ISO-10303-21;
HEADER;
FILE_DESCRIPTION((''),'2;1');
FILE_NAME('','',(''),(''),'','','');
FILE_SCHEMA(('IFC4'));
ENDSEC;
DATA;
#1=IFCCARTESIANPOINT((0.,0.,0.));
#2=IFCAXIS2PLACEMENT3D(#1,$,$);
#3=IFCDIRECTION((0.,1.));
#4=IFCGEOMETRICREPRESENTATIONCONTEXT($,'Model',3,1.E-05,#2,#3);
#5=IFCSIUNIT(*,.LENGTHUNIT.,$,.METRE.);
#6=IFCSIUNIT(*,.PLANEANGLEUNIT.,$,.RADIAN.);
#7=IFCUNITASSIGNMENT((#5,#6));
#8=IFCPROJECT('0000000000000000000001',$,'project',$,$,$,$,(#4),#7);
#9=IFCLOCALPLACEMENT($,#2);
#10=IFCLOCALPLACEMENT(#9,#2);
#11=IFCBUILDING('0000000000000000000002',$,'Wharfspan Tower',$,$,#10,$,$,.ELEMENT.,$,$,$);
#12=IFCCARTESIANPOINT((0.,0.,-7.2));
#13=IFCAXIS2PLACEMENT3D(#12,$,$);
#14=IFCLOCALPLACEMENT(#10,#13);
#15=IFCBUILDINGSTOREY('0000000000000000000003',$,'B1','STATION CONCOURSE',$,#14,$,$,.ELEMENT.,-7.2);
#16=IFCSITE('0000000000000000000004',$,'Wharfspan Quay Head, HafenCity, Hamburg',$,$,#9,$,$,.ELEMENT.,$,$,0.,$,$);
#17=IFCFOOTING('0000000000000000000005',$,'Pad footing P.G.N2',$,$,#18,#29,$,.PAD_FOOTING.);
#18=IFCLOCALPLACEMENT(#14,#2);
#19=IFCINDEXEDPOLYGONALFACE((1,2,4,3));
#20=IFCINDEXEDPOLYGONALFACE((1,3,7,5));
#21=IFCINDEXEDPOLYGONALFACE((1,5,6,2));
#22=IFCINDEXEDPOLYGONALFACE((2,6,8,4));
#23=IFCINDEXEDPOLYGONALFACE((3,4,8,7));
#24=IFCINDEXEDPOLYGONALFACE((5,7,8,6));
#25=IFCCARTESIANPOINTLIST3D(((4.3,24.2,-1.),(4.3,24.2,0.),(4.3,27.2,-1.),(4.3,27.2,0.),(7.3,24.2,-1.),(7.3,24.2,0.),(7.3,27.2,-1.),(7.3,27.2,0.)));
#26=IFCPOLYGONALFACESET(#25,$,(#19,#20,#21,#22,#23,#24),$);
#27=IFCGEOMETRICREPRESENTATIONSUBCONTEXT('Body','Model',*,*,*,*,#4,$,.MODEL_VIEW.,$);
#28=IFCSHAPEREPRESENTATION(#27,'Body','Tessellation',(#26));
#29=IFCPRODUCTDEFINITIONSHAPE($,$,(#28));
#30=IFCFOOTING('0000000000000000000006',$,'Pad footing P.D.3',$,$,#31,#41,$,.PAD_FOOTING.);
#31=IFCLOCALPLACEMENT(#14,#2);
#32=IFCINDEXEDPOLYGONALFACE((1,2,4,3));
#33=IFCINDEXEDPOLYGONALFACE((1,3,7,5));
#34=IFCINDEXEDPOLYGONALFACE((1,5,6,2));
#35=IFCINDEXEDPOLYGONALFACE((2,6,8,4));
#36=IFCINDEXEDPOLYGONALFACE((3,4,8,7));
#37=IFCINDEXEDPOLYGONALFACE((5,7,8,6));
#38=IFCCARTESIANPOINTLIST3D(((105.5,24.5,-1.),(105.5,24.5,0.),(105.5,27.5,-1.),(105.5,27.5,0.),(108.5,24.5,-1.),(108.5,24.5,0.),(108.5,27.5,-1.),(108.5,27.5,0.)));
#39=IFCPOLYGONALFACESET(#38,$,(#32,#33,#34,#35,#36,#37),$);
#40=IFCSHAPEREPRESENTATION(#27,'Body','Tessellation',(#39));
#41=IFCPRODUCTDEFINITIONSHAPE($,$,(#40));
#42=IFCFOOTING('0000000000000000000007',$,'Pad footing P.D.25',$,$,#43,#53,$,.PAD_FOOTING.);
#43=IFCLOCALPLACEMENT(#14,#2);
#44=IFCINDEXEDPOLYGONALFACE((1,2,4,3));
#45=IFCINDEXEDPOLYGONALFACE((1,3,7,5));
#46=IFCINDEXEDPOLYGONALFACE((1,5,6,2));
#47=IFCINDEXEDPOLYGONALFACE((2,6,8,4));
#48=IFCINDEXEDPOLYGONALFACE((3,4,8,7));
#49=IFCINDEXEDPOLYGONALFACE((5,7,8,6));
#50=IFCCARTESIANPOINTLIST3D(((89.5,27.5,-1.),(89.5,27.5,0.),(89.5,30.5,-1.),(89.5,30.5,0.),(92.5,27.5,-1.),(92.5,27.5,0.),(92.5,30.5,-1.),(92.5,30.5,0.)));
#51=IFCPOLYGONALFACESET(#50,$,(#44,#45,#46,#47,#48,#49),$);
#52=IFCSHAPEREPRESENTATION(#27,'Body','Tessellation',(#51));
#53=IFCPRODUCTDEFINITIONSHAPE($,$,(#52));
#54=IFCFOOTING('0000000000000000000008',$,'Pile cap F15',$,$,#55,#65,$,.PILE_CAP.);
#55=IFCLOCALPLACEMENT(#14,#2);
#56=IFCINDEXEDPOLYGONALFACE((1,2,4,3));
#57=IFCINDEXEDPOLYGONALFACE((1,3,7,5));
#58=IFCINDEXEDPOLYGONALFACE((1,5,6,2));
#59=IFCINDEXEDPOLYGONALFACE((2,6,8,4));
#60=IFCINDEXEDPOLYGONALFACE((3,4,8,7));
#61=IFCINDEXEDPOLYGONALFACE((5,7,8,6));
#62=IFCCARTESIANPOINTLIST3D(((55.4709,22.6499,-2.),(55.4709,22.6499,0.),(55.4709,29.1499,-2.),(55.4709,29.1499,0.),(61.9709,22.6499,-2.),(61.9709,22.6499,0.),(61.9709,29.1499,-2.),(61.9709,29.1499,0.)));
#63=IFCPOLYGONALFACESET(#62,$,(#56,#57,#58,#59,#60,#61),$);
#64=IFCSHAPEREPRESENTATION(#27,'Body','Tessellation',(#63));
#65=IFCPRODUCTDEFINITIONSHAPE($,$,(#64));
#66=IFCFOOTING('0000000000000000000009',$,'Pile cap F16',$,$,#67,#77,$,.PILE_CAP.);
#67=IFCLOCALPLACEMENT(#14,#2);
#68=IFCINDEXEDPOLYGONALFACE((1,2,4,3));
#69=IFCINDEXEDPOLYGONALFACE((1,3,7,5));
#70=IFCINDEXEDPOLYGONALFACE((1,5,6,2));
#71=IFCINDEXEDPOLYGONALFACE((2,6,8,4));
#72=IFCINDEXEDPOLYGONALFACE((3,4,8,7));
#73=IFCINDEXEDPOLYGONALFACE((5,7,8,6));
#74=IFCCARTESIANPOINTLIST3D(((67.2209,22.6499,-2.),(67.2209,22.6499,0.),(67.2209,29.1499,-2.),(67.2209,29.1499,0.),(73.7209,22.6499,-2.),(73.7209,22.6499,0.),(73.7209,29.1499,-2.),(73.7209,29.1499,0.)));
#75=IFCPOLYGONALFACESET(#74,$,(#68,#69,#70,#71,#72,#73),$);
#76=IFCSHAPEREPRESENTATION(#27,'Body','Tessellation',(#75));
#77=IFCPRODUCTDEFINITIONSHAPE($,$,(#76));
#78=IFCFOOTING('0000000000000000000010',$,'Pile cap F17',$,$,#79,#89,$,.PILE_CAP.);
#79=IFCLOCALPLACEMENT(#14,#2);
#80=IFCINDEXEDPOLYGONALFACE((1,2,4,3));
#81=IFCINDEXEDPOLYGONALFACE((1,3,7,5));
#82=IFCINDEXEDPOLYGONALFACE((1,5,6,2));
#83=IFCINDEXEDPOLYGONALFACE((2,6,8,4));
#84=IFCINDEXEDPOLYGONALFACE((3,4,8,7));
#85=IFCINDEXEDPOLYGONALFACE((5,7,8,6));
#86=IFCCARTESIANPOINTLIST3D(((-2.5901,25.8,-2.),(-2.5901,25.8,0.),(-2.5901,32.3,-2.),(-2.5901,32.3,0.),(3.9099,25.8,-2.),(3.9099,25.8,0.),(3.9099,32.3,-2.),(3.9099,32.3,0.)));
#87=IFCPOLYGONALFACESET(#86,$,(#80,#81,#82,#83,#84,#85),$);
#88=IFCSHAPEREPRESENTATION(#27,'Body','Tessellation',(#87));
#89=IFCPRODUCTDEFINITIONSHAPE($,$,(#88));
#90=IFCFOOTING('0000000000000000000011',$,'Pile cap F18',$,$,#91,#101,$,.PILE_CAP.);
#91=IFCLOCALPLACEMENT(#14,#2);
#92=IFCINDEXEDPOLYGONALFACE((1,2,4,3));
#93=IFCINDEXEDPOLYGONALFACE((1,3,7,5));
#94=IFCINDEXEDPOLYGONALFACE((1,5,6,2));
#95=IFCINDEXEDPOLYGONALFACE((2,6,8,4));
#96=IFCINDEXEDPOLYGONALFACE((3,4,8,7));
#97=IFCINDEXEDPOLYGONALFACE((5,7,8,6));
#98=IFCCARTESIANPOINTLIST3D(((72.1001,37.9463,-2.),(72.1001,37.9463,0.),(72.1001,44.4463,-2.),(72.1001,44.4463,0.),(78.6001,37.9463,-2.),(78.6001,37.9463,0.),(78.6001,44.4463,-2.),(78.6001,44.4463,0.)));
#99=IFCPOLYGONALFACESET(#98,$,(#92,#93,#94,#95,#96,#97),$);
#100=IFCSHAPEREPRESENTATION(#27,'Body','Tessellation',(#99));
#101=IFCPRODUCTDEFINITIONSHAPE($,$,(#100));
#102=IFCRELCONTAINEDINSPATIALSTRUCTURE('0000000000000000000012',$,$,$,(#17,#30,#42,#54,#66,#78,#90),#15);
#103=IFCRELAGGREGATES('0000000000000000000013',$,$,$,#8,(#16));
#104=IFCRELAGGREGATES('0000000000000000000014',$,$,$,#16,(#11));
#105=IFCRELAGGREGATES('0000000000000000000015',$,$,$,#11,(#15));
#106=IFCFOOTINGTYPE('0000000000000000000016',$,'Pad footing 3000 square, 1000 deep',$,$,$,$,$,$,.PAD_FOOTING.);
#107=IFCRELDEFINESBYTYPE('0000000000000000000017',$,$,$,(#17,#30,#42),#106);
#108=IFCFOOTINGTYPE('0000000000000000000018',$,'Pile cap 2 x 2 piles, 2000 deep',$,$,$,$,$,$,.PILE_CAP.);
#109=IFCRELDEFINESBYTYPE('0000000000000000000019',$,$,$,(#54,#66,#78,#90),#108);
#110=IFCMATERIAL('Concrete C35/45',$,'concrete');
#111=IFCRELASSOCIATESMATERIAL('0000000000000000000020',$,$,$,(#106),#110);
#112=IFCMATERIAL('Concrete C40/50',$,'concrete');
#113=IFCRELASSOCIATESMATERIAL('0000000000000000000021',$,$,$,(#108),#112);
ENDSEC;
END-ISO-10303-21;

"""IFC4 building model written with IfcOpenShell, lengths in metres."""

from ifc_helpers import new_model, si_unit, direction, frame, origin, place, context, subcontext, project, spatial, polyline, outline, extrude, material, type_object, element, save


model = new_model("IFC4")

# Units and contexts
model_context = context("Model", 3, precision=1e-05, world=origin(), true_north=direction((0.0, 1.0)))
body_context = subcontext(model_context, "Body", "Model", "MODEL_VIEW")
ifc_project = project(units=[si_unit("LENGTHUNIT", "METRE"), si_unit("PLANEANGLEUNIT", "RADIAN")], contexts=[model_context])

# Site, building, storey
site_placement = place(None, origin())
site = spatial("IfcSite", under=ifc_project, at=site_placement, Name="Wharfspan Quay Head, HafenCity, Hamburg", CompositionType="ELEMENT", RefElevation=0.0)
building_placement = place(site_placement, origin())
building = spatial("IfcBuilding", under=site, at=building_placement, Name="Wharfspan Tower", CompositionType="ELEMENT")
storey_placement = place(building_placement, frame((0.0, 0.0, -7.2)))
storey = spatial("IfcBuildingStorey", under=building, at=storey_placement, Name="B1", Description="STATION CONCOURSE", CompositionType="ELEMENT", Elevation=-7.2)

# Footings
ifc_material_1 = material(Name="Concrete C35/45", Category="concrete")
footing_type_1 = type_object("IfcFootingType", Name="Pad footing 3000 square, 1000 deep", PredefinedType="PAD_FOOTING", material=ifc_material_1)
footing_1_placement = place(storey_placement, frame((0.0, 0.0, -1.0)))
element("IfcFooting", 1, at=footing_1_placement, inside=storey, type_object=footing_type_1, Name="Pad footing P.G.N2", PredefinedType="PAD_FOOTING", context=body_context, shape_type="SweptSolid", body=[
    extrude(outline(polyline([(4.3, 24.2), (7.3, 24.2), (7.3, 27.2), (4.3, 27.2), (4.3, 24.2)])), origin(), (0.0, 0.0, 1.0), 1.0),
])
footing_2_placement = place(storey_placement, frame((0.0, 0.0, -1.0)))
element("IfcFooting", 2, at=footing_2_placement, inside=storey, type_object=footing_type_1, Name="Pad footing P.D.3", PredefinedType="PAD_FOOTING", context=body_context, shape_type="SweptSolid", body=[
    extrude(outline(polyline([(105.5, 24.5), (108.5, 24.5), (108.5, 27.5), (105.5, 27.5), (105.5, 24.5)])), origin(), (0.0, 0.0, 1.0), 1.0),
])
footing_3_placement = place(storey_placement, frame((0.0, 0.0, -1.0)))
element("IfcFooting", 3, at=footing_3_placement, inside=storey, type_object=footing_type_1, Name="Pad footing P.D.25", PredefinedType="PAD_FOOTING", context=body_context, shape_type="SweptSolid", body=[
    extrude(outline(polyline([(89.5, 27.5), (92.5, 27.5), (92.5, 30.5), (89.5, 30.5), (89.5, 27.5)])), origin(), (0.0, 0.0, 1.0), 1.0),
])
ifc_material_2 = material(Name="Concrete C40/50", Category="concrete")
footing_type_2 = type_object("IfcFootingType", Name="Pile cap 2 x 2 piles, 2000 deep", PredefinedType="PILE_CAP", material=ifc_material_2)
footing_4_placement = place(storey_placement, frame((0.0, 0.0, -2.0)))
element("IfcFooting", 4, at=footing_4_placement, inside=storey, type_object=footing_type_2, Name="Pile cap F15", PredefinedType="PILE_CAP", context=body_context, shape_type="SweptSolid", body=[
    extrude(outline(polyline([(55.4709, 22.6499), (61.9709, 22.6499), (61.9709, 29.1499), (55.4709, 29.1499), (55.4709, 22.6499)])), origin(), (0.0, 0.0, 1.0), 2.0),
])
footing_5_placement = place(storey_placement, frame((0.0, 0.0, -2.0)))
element("IfcFooting", 5, at=footing_5_placement, inside=storey, type_object=footing_type_2, Name="Pile cap F16", PredefinedType="PILE_CAP", context=body_context, shape_type="SweptSolid", body=[
    extrude(outline(polyline([(67.2209, 22.6499), (73.7209, 22.6499), (73.7209, 29.1499), (67.2209, 29.1499), (67.2209, 22.6499)])), origin(), (0.0, 0.0, 1.0), 2.0),
])
footing_6_placement = place(storey_placement, frame((0.0, 0.0, -2.0)))
element("IfcFooting", 6, at=footing_6_placement, inside=storey, type_object=footing_type_2, Name="Pile cap F17", PredefinedType="PILE_CAP", context=body_context, shape_type="SweptSolid", body=[
    extrude(outline(polyline([(-2.5901, 25.8), (3.9099, 25.8), (3.9099, 32.3), (-2.5901, 32.3), (-2.5901, 25.8)])), origin(), (0.0, 0.0, 1.0), 2.0),
])
footing_7_placement = place(storey_placement, frame((0.0, 0.0, -2.0)))
element("IfcFooting", 7, at=footing_7_placement, inside=storey, type_object=footing_type_2, Name="Pile cap F18", PredefinedType="PILE_CAP", context=body_context, shape_type="SweptSolid", body=[
    extrude(outline(polyline([(72.1001, 37.9463), (78.6001, 37.9463), (78.6001, 44.4463), (72.1001, 44.4463), (72.1001, 37.9463)])), origin(), (0.0, 0.0, 1.0), 2.0),
])

save(model, "model.ifc")
